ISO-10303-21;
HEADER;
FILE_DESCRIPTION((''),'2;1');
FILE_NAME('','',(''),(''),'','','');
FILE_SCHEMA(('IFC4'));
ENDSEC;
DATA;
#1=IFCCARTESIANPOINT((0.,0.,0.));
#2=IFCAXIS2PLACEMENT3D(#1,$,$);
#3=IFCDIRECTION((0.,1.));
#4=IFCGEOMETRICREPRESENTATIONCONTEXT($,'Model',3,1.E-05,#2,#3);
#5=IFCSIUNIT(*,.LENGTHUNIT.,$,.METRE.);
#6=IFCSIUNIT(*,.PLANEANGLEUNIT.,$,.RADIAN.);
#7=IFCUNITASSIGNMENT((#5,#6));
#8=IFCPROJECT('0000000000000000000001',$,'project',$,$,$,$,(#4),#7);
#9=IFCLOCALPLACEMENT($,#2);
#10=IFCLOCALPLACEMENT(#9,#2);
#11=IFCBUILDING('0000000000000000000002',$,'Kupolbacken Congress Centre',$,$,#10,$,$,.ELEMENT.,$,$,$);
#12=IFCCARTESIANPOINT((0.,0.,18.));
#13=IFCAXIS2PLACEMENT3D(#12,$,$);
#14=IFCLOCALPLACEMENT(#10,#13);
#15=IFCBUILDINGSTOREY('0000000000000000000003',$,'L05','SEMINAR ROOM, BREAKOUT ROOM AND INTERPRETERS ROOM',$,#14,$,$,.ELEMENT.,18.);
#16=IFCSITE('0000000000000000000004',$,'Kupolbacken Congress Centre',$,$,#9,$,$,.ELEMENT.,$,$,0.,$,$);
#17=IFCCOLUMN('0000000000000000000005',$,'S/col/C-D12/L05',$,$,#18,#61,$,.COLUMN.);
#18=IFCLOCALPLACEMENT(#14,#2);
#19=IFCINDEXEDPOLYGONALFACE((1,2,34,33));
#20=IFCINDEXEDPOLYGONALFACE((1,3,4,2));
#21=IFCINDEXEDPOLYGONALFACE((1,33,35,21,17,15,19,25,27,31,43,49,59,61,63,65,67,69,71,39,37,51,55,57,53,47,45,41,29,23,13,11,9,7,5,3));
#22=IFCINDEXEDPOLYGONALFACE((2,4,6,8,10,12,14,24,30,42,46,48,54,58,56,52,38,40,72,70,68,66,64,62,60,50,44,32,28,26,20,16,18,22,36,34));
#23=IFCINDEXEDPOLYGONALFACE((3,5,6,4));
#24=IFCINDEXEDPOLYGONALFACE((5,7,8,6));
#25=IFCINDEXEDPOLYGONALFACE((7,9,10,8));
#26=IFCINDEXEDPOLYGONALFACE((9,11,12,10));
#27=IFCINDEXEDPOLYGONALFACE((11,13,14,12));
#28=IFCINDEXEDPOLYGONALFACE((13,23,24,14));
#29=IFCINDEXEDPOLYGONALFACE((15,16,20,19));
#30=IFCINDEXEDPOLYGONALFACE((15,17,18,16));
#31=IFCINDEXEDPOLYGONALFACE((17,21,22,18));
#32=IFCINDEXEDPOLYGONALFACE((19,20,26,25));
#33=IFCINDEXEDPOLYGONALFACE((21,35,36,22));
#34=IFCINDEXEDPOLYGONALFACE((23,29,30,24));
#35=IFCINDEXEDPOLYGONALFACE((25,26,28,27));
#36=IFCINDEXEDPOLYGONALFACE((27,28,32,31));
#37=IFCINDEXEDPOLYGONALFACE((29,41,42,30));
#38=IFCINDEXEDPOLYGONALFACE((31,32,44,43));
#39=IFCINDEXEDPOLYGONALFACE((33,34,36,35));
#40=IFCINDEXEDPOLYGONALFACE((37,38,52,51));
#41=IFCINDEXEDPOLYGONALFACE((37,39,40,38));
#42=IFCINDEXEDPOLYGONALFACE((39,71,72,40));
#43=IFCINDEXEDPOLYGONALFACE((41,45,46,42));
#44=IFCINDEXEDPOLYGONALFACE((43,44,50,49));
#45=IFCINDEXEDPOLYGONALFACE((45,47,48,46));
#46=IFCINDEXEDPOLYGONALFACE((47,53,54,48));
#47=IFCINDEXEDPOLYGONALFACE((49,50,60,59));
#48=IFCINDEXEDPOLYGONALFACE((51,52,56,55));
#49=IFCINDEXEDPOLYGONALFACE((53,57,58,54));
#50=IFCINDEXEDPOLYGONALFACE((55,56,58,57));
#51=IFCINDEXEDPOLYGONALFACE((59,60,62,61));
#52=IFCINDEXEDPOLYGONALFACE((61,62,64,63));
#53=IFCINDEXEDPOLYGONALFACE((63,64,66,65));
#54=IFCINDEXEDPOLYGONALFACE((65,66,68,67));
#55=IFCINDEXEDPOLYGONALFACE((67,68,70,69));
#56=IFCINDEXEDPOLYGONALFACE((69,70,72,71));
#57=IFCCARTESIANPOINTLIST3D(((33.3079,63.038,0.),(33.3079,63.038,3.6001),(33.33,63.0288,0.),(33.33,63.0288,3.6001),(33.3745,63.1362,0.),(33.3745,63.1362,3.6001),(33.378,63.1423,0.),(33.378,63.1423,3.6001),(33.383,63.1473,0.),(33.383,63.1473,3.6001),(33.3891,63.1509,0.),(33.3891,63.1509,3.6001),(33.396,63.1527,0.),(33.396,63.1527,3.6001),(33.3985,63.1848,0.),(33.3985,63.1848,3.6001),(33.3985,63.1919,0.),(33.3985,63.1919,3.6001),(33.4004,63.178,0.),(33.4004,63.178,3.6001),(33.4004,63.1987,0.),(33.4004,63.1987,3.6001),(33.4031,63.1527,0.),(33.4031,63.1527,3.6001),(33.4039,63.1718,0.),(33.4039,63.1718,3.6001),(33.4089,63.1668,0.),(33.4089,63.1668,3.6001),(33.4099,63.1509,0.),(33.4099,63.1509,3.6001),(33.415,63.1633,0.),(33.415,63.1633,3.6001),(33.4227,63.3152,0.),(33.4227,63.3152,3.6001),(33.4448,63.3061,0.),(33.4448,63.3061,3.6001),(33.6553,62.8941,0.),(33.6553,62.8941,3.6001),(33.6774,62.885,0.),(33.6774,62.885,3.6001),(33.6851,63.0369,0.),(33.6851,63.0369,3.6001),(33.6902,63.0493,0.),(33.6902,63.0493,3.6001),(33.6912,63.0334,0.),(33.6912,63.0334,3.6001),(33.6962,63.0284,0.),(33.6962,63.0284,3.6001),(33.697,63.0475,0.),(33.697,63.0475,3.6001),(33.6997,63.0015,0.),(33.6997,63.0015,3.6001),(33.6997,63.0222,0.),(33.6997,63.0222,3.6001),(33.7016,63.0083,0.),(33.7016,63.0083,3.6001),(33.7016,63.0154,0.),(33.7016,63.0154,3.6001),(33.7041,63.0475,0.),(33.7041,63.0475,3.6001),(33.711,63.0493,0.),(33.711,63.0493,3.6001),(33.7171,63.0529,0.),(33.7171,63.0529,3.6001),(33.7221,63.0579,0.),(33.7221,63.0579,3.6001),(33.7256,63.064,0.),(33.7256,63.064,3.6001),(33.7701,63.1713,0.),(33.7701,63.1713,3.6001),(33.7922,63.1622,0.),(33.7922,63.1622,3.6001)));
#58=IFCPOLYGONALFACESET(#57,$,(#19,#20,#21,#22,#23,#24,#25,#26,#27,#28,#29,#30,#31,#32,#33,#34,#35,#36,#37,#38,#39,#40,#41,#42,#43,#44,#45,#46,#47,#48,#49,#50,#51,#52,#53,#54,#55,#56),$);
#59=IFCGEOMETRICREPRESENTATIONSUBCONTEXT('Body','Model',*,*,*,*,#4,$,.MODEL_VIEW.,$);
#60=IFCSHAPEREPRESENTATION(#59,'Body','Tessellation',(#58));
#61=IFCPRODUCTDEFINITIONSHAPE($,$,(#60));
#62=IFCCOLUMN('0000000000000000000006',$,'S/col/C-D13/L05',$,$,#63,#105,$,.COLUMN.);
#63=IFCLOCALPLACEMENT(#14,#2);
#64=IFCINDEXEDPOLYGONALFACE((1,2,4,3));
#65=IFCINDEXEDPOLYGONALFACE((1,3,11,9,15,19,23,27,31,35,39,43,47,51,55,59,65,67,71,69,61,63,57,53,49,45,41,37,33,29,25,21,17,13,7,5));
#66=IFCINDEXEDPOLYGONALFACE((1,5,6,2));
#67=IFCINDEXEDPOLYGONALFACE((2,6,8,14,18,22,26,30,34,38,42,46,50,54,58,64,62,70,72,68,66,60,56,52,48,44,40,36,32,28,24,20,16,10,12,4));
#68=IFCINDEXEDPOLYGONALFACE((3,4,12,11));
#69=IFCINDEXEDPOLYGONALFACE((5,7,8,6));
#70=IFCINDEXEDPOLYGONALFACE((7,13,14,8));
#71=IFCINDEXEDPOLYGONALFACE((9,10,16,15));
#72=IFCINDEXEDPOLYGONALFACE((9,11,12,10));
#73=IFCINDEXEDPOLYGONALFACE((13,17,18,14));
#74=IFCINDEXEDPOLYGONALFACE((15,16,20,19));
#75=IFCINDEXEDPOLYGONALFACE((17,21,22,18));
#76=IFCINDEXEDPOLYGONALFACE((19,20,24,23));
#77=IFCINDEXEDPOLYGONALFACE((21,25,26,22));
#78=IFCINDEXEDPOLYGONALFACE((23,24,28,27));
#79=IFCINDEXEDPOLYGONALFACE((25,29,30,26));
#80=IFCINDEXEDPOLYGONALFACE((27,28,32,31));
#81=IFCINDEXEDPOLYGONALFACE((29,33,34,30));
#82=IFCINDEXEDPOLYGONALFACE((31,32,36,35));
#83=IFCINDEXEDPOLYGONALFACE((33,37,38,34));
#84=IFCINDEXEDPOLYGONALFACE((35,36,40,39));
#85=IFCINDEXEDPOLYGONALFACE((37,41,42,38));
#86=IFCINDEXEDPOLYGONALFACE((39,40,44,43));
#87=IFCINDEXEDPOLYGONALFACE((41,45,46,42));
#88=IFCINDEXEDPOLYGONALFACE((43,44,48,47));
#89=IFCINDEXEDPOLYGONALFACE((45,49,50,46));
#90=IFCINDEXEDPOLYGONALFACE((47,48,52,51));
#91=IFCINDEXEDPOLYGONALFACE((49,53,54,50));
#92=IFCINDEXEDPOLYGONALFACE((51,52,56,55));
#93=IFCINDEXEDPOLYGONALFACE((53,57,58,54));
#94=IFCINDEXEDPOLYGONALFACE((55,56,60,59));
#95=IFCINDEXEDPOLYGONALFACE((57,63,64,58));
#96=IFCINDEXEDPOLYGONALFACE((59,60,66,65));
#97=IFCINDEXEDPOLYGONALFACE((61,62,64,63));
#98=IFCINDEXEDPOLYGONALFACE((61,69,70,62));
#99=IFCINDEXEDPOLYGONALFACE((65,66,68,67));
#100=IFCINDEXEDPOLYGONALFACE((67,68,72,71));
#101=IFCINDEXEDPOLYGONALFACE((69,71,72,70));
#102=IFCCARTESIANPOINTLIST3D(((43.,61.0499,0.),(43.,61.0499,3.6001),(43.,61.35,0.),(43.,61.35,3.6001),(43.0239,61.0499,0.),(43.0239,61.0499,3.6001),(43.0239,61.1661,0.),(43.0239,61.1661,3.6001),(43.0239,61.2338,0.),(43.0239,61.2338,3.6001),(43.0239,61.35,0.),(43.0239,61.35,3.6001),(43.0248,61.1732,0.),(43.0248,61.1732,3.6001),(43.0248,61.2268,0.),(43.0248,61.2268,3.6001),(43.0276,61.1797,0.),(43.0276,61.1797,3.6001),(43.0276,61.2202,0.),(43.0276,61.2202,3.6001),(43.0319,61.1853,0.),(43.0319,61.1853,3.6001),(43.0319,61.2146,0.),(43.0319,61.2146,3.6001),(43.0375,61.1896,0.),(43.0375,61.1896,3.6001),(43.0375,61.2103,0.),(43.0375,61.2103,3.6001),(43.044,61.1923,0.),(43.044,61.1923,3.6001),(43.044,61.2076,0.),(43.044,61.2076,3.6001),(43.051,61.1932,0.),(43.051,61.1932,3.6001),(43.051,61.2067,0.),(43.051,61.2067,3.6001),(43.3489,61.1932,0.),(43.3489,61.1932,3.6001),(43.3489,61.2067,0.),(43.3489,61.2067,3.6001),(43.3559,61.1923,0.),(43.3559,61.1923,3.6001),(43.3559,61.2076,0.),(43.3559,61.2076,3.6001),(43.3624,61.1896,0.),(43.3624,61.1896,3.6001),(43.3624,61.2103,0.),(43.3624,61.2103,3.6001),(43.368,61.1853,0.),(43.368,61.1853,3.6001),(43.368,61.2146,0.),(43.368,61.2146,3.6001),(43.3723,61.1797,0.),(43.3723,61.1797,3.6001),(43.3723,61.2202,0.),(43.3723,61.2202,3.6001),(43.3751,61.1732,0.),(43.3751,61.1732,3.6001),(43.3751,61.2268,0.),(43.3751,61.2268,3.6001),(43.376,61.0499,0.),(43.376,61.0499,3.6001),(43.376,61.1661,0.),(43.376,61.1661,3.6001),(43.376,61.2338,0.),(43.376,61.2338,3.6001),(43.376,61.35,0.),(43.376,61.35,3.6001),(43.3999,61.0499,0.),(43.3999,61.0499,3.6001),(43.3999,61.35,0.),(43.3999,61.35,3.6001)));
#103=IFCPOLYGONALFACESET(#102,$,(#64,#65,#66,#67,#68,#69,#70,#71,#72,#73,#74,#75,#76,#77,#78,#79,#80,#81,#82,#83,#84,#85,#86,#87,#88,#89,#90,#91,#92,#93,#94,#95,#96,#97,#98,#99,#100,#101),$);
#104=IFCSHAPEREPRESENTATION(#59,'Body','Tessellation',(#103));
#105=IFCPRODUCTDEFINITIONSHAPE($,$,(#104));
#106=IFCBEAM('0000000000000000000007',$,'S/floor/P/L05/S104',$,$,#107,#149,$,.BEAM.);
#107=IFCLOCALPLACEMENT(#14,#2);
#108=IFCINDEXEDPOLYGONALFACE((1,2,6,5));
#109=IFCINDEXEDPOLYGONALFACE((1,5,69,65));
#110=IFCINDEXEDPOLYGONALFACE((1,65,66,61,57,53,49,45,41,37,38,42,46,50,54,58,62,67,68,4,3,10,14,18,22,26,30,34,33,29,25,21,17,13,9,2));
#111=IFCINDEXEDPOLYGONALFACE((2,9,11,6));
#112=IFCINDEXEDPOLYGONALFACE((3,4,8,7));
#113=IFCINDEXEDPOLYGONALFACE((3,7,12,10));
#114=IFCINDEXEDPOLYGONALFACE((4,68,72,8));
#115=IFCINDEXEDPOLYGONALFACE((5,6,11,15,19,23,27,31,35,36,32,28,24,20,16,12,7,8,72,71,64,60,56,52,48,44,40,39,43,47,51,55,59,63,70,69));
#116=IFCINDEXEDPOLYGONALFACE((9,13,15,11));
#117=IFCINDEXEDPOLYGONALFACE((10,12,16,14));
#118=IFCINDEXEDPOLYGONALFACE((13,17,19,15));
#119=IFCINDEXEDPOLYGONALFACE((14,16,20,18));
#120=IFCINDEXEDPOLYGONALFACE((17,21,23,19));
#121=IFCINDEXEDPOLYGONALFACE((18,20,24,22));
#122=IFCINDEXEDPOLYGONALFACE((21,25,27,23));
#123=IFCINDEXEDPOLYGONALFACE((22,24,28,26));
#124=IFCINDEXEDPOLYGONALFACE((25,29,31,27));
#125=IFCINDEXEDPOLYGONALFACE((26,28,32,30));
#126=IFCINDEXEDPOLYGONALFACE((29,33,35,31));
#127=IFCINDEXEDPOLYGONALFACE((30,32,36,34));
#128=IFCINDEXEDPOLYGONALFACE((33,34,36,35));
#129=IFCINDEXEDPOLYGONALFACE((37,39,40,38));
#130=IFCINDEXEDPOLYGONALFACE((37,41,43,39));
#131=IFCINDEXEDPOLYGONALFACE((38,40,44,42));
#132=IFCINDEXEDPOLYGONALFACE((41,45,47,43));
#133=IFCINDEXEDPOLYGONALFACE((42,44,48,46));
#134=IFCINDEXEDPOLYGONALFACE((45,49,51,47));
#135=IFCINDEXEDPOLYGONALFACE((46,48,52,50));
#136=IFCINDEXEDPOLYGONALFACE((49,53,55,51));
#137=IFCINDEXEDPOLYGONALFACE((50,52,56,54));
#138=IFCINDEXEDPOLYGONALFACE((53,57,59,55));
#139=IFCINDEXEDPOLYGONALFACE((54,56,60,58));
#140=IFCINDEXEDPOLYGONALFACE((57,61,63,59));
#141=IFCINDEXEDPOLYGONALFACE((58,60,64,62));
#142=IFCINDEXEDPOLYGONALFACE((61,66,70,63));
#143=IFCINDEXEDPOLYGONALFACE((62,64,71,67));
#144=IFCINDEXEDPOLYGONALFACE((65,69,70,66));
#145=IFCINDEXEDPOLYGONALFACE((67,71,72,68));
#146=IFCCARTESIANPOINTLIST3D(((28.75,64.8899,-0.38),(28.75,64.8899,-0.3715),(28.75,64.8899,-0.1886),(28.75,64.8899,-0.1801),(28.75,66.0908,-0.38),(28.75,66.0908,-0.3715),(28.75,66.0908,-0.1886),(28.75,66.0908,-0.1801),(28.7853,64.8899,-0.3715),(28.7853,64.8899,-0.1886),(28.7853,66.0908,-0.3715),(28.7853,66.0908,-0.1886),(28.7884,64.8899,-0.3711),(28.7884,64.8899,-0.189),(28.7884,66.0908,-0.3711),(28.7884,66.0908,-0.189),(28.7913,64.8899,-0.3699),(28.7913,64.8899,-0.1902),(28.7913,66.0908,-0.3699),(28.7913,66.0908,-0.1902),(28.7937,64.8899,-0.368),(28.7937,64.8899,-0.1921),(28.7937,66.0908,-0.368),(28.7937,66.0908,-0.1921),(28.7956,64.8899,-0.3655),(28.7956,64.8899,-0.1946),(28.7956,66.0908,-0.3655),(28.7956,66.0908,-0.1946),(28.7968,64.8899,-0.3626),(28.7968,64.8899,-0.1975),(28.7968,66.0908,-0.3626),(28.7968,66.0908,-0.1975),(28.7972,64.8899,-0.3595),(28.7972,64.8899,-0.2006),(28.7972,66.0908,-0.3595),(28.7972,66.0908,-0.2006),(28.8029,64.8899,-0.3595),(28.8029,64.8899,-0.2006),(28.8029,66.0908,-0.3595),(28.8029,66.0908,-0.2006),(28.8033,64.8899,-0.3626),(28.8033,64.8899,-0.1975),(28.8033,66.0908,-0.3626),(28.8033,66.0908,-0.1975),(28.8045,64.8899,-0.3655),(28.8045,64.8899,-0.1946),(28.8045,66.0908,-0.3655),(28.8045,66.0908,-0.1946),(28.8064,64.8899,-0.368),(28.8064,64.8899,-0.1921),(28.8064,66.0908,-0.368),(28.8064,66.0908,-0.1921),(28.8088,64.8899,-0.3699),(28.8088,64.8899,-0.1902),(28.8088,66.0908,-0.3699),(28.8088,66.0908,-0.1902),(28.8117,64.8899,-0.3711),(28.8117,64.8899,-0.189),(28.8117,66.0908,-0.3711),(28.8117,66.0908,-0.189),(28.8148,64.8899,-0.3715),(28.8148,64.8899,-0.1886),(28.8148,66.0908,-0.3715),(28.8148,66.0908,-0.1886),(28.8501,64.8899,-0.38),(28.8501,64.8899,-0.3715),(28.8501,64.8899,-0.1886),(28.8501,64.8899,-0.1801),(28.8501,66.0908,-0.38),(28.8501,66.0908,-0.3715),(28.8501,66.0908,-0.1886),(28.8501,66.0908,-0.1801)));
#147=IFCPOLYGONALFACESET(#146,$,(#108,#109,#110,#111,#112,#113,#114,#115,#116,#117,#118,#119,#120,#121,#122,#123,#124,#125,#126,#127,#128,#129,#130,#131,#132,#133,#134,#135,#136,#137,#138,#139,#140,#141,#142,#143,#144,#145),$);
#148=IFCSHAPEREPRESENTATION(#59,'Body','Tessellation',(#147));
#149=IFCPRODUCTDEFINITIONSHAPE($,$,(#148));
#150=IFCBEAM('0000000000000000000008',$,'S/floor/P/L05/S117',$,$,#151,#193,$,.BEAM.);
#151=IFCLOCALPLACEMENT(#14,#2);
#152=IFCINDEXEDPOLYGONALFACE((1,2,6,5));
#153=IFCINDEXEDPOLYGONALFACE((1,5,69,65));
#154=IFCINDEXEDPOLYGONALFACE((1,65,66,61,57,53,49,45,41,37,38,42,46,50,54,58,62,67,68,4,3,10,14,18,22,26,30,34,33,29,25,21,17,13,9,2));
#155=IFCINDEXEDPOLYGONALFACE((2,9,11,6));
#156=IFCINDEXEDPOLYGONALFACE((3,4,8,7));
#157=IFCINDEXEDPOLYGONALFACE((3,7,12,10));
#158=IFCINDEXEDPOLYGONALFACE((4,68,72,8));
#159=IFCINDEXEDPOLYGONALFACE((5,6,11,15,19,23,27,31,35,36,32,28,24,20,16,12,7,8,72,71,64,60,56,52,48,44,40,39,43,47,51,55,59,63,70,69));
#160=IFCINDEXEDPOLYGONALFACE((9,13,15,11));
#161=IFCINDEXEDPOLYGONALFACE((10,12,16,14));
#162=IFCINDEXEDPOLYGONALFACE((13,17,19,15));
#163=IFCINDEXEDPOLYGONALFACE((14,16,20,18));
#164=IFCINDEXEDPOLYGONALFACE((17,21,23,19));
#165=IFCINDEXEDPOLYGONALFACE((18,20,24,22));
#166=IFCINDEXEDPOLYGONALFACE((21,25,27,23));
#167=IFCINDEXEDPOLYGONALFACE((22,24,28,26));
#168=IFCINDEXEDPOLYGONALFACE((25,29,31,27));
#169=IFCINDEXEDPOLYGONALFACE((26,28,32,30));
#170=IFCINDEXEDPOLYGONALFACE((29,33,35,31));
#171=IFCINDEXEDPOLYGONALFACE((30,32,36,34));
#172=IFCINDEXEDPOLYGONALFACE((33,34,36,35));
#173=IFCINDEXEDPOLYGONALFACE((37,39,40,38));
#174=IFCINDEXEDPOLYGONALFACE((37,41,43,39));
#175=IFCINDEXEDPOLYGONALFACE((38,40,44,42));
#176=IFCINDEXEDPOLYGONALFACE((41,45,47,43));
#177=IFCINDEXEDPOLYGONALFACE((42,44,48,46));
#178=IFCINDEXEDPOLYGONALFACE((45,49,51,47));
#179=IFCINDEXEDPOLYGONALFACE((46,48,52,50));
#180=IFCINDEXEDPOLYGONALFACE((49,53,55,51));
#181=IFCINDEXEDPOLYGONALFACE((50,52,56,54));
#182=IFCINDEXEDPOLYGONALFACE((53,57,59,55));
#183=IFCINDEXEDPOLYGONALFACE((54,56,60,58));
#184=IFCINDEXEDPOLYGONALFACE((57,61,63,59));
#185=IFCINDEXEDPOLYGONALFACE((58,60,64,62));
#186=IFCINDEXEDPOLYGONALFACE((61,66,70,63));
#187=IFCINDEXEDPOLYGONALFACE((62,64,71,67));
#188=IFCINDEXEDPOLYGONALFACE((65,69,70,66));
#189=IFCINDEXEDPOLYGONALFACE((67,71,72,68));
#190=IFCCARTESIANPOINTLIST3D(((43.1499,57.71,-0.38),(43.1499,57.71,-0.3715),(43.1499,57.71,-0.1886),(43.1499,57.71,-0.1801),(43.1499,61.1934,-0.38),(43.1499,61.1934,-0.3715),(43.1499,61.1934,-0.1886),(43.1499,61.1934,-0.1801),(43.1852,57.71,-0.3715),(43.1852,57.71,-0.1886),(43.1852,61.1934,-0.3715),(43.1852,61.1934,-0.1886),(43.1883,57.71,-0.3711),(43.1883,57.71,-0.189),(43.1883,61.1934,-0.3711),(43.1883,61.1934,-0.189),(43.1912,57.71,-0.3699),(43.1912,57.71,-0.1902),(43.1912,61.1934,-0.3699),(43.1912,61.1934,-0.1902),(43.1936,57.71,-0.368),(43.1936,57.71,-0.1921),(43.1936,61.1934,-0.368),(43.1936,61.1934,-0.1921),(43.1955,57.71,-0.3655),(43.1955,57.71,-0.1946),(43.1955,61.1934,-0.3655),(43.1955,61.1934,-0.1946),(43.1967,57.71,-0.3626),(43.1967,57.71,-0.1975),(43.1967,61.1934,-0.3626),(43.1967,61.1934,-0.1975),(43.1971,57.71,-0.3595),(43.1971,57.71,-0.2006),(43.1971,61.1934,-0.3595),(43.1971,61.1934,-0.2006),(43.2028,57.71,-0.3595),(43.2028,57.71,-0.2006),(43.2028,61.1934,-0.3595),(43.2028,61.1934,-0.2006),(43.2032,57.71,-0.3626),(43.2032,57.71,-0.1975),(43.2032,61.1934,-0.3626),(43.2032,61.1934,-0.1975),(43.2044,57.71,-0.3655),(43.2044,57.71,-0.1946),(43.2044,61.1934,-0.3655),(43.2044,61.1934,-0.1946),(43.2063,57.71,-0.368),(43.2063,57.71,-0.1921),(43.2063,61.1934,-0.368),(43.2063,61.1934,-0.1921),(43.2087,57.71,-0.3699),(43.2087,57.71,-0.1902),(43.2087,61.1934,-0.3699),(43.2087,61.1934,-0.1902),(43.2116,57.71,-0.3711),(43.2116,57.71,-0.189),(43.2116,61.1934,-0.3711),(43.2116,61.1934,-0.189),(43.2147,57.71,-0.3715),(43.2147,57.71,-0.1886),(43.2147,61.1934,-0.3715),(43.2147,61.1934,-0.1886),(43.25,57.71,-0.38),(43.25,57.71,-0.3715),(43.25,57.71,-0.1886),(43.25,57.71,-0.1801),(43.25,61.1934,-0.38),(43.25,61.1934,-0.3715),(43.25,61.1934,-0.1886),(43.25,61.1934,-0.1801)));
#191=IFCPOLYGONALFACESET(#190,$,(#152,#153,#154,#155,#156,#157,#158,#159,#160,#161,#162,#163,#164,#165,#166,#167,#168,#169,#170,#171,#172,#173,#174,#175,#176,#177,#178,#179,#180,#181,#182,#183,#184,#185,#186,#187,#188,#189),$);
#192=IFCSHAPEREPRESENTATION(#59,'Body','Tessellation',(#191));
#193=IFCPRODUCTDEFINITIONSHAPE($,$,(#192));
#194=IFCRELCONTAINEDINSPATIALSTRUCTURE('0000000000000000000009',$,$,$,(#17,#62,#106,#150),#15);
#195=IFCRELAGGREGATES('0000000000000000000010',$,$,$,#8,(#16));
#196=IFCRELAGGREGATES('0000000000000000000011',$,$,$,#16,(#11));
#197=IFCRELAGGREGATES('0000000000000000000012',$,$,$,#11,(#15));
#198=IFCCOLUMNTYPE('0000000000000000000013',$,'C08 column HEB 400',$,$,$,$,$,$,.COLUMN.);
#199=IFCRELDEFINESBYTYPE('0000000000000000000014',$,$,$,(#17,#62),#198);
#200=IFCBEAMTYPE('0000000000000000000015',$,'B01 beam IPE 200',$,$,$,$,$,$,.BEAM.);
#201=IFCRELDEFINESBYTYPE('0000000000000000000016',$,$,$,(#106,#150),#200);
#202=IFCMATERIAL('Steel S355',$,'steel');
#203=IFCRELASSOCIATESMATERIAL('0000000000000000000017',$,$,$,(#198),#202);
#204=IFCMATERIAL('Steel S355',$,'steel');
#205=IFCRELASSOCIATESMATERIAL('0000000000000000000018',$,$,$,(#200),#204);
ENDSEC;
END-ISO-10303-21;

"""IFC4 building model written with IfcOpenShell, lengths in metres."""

from ifc_helpers import new_model, si_unit, direction, frame, origin, origin_2d, place, context, subcontext, project, spatial, i_section, extrude, material, material_profile, profile_set, type_object, element, save


model = new_model("IFC4")

# Units and contexts
model_context = context("Model", 3, precision=1e-05, world=origin(), true_north=direction((0.0, 1.0)))
body_context = subcontext(model_context, "Body", "Model", "MODEL_VIEW")
ifc_project = project(units=[si_unit("LENGTHUNIT", "METRE"), si_unit("PLANEANGLEUNIT", "RADIAN")], contexts=[model_context])

# Site, building, storey
site_placement = place(None, origin())
site = spatial("IfcSite", under=ifc_project, at=site_placement, Name="Kupolbacken Congress Centre", CompositionType="ELEMENT", RefElevation=0.0)
building_placement = place(site_placement, origin())
building = spatial("IfcBuilding", under=site, at=building_placement, Name="Kupolbacken Congress Centre", CompositionType="ELEMENT")
storey_placement = place(building_placement, frame((0.0, 0.0, 18.0)))
storey = spatial("IfcBuildingStorey", under=building, at=storey_placement, Name="L05", Description="SEMINAR ROOM, BREAKOUT ROOM AND INTERPRETERS ROOM", CompositionType="ELEMENT", Elevation=18.0)

# Columns
ifc_material_1 = material(Name="Steel S355", Category="steel")
ifc_material_profile_1 = material_profile(ifc_material_1, i_section(OverallWidth=0.3, OverallDepth=0.3999, WebThickness=0.0134, FlangeThickness=0.0239, FilletRadius=0.0271, at=origin_2d()), Name="HEB 400")
ifc_profile_set_1 = profile_set([ifc_material_profile_1], Name="Steel S355")
column_type = type_object("IfcColumnType", Name="C08 column HEB 400", PredefinedType="COLUMN", material=ifc_profile_set_1)
for number, where, z_axis, x_axis, name in (
    (1, (33.55, 63.1001, 0.0), (0.0, 0.0, 1.0), (-0.382644, -0.923896, 0.0), "S/col/C-D12/L05"),
    (2, (43.2, 61.2, 0.0), (0.0, 0.0, 1.0), (0.0, -1.0, 0.0), "S/col/C-D13/L05"),
):
    element("IfcColumn", number, at=place(storey_placement, frame(where, z_axis=z_axis, x_axis=x_axis)), inside=storey, type_object=column_type, Name=name, PredefinedType="COLUMN", context=body_context, shape_type="SweptSolid", body=[
        extrude(i_section(OverallWidth=0.3, OverallDepth=0.3999, WebThickness=0.0134, FlangeThickness=0.0239, FilletRadius=0.0271, at=origin_2d()), origin(), (0.0, 0.0, 1.0), 3.6001),
    ])

# Beams
ifc_material_2 = material(Name="Steel S355", Category="steel")
ifc_material_profile_2 = material_profile(ifc_material_2, i_section(OverallWidth=0.1001, OverallDepth=0.2, WebThickness=0.0056, FlangeThickness=0.0085, FilletRadius=0.012, at=origin_2d()), Name="IPE 200")
ifc_profile_set_2 = profile_set([ifc_material_profile_2], Name="Steel S355")
beam_type_1 = type_object("IfcBeamType", Name="B01 beam IPE 200", PredefinedType="BEAM", material=ifc_profile_set_2)
beam_1_placement = place(storey_placement, frame((28.8, 64.8899, -0.28), z_axis=(0.0, 1.0, 0.0), x_axis=(-1.0, 0.0, 0.0)))
element("IfcBeam", 3, at=beam_1_placement, inside=storey, type_object=beam_type_1, Name="S/floor/P/L05/S104", PredefinedType="BEAM", context=body_context, shape_type="SweptSolid", body=[
    extrude(i_section(OverallWidth=0.1001, OverallDepth=0.2, WebThickness=0.0056, FlangeThickness=0.0085, FilletRadius=0.012, at=origin_2d()), origin(), (0.0, 0.0, 1.0), 1.2009),
])
beam_2_placement = place(storey_placement, frame((43.2, 57.71, -0.28), z_axis=(0.0, 1.0, 0.0), x_axis=(-1.0, 0.0, 0.0)))
element("IfcBeam", 4, at=beam_2_placement, inside=storey, type_object=beam_type_1, Name="S/floor/P/L05/S117", PredefinedType="BEAM", context=body_context, shape_type="SweptSolid", body=[
    extrude(i_section(OverallWidth=0.1001, OverallDepth=0.2, WebThickness=0.0056, FlangeThickness=0.0085, FilletRadius=0.012, at=origin_2d()), origin(), (0.0, 0.0, 1.0), 3.4834),
])

save(model, "model.ifc")
